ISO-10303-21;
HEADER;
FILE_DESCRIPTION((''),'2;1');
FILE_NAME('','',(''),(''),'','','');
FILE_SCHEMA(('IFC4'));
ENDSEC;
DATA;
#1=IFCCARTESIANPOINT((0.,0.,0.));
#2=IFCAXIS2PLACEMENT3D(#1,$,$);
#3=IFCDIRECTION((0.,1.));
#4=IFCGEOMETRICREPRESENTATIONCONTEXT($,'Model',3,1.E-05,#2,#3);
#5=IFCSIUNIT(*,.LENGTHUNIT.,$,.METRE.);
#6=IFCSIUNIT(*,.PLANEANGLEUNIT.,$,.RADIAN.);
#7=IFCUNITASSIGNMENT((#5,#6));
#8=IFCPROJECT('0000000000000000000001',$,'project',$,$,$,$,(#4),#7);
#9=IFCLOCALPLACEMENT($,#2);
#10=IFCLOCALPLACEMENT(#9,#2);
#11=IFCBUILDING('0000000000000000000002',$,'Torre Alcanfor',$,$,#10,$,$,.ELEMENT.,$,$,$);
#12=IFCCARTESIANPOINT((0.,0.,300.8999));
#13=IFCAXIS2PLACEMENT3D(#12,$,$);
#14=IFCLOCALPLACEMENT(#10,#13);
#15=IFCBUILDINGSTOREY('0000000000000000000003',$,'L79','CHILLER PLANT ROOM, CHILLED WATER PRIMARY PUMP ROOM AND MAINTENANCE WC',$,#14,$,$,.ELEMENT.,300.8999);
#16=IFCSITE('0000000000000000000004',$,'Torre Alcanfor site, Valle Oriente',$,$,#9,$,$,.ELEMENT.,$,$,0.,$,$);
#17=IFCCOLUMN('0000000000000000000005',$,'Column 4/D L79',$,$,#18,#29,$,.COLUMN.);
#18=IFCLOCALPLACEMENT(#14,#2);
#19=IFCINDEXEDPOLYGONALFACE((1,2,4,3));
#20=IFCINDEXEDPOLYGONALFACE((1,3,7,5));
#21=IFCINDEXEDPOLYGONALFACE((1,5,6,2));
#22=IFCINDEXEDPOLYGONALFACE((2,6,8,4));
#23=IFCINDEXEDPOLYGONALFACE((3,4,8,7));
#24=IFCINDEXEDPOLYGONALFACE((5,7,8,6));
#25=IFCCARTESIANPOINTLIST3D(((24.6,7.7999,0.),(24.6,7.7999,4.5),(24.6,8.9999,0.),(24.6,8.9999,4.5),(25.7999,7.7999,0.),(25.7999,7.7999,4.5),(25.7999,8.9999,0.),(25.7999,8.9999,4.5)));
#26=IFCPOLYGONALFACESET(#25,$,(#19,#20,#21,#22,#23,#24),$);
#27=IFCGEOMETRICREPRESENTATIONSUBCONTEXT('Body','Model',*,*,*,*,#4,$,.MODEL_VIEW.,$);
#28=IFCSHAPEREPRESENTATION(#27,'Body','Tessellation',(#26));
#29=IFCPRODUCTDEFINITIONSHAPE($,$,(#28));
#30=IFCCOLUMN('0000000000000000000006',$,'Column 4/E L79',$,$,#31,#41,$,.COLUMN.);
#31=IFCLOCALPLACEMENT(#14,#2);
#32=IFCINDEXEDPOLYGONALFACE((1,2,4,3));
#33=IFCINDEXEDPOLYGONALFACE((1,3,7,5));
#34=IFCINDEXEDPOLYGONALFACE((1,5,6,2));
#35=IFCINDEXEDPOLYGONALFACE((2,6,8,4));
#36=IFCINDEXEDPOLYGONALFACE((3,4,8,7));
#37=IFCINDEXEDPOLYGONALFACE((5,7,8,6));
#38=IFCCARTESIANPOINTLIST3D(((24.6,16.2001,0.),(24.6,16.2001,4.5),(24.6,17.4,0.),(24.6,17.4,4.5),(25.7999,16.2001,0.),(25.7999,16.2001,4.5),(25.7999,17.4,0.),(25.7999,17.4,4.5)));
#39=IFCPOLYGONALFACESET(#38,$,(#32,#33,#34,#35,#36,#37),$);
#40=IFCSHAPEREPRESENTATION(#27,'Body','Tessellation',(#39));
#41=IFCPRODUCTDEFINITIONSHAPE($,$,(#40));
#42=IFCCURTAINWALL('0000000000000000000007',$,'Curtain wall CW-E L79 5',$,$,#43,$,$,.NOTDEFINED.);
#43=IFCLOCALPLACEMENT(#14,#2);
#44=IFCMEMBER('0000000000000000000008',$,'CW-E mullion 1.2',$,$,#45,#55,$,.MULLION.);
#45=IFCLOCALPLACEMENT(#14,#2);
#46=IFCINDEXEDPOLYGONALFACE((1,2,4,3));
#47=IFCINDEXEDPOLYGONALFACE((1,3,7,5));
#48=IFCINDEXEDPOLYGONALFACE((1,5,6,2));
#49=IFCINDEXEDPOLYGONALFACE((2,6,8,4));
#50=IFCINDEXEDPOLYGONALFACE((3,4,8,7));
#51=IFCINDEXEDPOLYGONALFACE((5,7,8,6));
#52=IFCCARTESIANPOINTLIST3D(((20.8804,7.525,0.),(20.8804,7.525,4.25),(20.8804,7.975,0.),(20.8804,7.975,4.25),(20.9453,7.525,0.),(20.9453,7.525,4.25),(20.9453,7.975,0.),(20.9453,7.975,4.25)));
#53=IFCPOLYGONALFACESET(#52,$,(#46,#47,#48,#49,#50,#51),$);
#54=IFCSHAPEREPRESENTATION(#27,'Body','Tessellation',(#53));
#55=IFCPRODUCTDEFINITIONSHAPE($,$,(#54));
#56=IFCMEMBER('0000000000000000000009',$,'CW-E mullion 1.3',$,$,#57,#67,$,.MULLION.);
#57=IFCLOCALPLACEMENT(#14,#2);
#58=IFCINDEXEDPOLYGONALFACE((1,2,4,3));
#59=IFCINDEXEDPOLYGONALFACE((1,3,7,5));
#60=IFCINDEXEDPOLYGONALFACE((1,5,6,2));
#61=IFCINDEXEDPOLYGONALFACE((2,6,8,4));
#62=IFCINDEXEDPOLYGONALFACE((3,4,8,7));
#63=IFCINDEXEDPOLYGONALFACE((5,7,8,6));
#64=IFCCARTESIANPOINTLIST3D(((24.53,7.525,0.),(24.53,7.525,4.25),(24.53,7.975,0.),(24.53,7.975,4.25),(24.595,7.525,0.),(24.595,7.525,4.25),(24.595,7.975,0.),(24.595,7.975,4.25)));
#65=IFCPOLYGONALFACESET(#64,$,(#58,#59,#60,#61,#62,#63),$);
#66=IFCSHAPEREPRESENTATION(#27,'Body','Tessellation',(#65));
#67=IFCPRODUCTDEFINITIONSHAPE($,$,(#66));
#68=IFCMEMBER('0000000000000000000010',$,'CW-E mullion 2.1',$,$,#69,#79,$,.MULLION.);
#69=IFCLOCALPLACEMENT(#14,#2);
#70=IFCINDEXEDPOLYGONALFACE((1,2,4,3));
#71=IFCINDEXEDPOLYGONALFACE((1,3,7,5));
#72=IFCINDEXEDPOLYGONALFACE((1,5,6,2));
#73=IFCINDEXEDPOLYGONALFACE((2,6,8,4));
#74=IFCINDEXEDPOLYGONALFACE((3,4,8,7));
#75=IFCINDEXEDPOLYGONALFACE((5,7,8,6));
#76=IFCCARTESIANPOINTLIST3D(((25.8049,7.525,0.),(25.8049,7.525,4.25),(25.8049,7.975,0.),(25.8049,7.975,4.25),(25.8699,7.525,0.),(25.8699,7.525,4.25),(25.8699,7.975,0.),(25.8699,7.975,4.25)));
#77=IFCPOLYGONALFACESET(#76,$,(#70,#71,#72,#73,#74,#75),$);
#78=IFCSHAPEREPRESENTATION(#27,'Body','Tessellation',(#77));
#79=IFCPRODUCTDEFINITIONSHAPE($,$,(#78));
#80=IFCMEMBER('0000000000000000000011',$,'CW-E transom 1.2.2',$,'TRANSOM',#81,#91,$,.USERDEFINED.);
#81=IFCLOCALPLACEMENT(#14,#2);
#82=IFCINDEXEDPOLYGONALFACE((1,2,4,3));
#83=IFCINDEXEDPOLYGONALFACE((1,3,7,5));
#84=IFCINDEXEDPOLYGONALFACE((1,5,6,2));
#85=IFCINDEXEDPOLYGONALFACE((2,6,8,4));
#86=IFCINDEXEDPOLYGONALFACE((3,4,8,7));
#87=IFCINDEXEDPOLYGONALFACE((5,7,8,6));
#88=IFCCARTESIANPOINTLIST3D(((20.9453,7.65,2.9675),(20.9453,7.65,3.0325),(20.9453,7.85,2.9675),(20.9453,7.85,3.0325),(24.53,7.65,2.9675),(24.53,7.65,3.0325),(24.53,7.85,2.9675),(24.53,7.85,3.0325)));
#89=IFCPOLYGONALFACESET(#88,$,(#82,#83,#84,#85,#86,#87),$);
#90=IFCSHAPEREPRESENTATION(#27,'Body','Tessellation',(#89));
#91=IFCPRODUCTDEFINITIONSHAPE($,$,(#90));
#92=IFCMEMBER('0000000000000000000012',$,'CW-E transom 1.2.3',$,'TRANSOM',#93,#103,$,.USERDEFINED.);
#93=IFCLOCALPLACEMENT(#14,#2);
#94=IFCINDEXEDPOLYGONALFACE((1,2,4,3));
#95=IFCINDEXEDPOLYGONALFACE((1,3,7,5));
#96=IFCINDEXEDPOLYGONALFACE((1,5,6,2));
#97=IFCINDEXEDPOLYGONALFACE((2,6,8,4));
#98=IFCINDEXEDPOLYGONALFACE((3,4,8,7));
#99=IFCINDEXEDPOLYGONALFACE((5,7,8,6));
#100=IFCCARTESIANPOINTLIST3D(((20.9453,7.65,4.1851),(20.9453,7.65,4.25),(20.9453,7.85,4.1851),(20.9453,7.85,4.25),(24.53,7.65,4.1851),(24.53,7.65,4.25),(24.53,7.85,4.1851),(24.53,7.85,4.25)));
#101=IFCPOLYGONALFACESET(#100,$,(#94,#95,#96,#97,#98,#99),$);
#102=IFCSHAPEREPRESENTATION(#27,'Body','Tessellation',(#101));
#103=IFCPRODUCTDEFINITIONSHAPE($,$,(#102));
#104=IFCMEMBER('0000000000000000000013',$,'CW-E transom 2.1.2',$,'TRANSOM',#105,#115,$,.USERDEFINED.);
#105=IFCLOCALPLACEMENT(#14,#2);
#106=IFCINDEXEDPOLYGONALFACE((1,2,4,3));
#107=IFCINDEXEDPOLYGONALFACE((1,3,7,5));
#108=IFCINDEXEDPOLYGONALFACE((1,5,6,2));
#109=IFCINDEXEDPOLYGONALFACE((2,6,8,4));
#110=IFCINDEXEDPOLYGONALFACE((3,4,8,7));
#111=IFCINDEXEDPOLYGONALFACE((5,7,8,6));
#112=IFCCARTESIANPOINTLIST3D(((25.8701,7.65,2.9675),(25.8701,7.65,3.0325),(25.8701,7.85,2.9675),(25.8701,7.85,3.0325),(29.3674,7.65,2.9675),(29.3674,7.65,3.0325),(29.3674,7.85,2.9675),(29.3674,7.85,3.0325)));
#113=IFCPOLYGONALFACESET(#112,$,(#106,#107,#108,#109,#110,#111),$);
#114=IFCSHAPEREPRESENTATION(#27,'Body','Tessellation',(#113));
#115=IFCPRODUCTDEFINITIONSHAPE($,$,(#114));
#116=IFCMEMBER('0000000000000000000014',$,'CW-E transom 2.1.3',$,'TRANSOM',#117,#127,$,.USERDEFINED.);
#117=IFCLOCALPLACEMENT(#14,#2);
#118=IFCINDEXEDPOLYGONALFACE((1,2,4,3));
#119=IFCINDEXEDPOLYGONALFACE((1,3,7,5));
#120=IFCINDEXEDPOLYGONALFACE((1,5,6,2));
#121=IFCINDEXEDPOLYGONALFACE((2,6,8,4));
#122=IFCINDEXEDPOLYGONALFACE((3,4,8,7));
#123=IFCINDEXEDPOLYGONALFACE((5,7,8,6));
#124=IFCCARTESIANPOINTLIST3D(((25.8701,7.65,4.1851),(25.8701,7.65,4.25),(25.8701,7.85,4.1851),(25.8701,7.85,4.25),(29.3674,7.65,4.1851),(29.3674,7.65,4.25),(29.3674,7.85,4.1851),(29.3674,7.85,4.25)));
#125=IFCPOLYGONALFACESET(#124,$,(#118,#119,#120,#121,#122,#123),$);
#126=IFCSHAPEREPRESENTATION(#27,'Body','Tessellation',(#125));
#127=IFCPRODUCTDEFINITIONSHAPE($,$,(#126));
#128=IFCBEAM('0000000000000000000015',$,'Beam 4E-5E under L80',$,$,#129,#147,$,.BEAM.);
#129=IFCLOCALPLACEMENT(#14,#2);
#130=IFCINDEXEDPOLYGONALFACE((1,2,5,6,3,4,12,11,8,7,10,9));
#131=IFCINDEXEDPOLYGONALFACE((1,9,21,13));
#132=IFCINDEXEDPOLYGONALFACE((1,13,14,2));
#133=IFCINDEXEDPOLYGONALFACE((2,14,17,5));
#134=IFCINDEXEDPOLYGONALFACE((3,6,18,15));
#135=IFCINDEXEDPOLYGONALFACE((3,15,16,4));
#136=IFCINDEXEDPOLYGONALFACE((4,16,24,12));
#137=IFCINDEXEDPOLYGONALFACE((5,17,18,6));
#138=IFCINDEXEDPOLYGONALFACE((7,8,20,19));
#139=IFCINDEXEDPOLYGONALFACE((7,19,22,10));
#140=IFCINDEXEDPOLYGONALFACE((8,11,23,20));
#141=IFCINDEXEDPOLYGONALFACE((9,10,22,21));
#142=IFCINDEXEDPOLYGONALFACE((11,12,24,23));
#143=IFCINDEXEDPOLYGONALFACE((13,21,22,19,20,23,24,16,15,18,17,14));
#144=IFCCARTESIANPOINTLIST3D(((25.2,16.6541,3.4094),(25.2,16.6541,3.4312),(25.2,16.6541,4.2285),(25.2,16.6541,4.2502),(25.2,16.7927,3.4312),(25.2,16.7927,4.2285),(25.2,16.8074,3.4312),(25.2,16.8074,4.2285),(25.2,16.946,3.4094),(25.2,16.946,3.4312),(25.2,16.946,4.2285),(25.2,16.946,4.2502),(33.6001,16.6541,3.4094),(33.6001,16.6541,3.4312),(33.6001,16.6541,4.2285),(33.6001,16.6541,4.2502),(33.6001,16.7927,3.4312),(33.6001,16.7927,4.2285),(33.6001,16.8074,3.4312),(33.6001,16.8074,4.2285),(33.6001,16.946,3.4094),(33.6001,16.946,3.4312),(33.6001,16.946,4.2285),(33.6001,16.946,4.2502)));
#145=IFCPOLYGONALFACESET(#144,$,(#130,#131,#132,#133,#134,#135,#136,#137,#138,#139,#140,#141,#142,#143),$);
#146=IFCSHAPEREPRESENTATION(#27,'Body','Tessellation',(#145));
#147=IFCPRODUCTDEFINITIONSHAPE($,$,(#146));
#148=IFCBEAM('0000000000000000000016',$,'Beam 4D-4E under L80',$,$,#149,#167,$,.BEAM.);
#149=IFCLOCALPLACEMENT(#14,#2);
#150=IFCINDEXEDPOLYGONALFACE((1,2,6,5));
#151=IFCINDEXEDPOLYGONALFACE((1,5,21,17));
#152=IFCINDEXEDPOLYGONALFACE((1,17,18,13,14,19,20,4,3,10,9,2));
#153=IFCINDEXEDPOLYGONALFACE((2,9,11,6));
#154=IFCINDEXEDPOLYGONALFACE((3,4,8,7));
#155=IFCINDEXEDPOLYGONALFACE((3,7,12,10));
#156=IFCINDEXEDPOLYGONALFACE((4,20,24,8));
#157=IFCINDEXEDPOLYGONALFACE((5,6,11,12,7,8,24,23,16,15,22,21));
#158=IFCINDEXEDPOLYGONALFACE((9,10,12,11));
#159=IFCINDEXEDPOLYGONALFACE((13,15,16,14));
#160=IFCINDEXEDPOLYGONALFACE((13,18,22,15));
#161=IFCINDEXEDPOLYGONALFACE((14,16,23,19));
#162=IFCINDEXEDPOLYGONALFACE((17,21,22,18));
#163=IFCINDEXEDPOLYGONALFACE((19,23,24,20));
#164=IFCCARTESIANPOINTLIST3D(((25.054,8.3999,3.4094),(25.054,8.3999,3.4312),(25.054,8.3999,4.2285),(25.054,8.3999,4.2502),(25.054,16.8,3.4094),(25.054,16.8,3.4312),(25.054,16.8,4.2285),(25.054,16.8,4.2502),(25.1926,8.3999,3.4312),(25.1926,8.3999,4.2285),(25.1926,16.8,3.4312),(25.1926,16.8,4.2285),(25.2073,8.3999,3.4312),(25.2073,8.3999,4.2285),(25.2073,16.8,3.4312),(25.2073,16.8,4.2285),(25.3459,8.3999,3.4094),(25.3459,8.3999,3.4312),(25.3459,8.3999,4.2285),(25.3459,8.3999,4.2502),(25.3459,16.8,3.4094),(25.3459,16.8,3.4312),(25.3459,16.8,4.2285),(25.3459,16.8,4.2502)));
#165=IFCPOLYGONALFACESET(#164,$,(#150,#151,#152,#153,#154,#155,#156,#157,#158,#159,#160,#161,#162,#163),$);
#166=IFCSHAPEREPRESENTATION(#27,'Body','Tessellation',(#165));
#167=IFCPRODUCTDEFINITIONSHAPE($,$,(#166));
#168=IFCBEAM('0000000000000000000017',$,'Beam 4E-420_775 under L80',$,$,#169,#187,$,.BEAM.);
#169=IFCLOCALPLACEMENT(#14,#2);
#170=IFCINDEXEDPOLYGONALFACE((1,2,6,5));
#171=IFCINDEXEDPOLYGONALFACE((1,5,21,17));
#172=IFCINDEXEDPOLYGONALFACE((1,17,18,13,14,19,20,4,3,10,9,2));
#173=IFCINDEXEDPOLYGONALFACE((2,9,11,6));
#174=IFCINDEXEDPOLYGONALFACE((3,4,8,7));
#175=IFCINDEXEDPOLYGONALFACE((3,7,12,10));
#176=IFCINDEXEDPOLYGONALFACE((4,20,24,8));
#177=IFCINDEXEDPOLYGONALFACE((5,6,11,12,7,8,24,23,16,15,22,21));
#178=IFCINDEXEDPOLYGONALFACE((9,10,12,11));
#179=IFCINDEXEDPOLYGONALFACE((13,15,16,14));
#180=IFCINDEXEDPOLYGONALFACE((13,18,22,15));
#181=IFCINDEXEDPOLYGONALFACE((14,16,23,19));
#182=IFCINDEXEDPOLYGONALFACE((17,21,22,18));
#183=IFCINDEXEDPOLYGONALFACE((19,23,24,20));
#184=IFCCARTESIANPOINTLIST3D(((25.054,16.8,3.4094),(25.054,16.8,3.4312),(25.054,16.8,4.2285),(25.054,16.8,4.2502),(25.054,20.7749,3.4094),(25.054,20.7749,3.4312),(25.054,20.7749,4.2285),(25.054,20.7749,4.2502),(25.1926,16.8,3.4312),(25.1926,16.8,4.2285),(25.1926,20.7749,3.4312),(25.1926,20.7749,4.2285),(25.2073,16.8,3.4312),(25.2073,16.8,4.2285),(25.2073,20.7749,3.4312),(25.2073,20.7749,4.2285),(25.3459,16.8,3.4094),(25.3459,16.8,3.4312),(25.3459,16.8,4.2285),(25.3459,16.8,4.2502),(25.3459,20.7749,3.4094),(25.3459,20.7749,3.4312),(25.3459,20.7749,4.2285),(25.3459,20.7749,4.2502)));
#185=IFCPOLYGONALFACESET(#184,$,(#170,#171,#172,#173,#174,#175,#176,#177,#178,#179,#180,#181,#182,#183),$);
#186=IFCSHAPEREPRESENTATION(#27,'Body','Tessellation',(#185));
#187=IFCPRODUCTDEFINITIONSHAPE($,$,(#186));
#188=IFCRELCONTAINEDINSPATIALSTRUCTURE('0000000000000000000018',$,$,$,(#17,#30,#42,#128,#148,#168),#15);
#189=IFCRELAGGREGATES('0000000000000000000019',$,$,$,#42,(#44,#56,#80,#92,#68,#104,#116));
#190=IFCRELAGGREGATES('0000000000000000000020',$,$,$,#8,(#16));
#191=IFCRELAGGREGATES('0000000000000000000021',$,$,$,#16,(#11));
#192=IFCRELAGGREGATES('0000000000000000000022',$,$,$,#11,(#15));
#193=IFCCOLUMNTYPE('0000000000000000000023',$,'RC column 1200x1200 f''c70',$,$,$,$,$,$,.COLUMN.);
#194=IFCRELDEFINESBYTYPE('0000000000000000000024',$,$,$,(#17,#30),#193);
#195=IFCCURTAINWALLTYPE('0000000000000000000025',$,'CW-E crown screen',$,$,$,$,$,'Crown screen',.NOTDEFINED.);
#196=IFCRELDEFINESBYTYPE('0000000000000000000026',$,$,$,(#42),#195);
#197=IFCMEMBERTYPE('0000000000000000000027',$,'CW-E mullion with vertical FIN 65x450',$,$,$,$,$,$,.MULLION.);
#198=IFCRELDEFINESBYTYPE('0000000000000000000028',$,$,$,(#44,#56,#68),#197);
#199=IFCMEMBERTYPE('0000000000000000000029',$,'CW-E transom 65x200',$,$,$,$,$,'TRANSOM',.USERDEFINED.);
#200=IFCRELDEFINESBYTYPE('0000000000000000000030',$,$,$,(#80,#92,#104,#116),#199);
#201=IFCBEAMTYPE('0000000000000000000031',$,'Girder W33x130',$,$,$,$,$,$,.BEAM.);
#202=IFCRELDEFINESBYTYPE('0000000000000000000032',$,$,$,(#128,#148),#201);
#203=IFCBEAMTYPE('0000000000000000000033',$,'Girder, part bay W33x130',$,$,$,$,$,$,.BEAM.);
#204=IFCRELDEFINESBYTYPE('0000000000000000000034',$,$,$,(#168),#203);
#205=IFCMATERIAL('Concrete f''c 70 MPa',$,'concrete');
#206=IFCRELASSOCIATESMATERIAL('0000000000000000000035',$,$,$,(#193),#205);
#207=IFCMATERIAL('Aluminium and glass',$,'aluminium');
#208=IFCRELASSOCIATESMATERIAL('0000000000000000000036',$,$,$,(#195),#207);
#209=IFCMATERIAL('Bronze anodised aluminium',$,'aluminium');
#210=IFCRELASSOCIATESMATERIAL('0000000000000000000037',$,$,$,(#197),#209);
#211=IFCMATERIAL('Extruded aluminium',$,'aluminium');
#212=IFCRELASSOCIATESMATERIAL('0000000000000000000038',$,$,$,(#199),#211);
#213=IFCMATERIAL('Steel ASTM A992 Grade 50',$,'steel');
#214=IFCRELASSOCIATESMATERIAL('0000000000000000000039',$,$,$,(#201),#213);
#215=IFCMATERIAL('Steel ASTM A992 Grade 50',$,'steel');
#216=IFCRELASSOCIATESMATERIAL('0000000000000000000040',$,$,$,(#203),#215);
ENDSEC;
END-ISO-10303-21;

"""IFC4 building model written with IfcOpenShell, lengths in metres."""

from ifc_helpers import new_model, si_unit, direction, frame, origin, origin_2d, place, context, subcontext, project, spatial, rectangle, i_section, extrude, material, material_profile, profile_set, type_object, element, aggregate, save


model = new_model("IFC4")

# Units and contexts
model_context = context("Model", 3, precision=1e-05, world=origin(), true_north=direction((0.0, 1.0)))
body_context = subcontext(model_context, "Body", "Model", "MODEL_VIEW")
ifc_project = project(units=[si_unit("LENGTHUNIT", "METRE"), si_unit("PLANEANGLEUNIT", "RADIAN")], contexts=[model_context])

# Site, building, storey
site_placement = place(None, origin())
site = spatial("IfcSite", under=ifc_project, at=site_placement, Name="Torre Alcanfor site, Valle Oriente", CompositionType="ELEMENT", RefElevation=0.0)
building_placement = place(site_placement, origin())
building = spatial("IfcBuilding", under=site, at=building_placement, Name="Torre Alcanfor", CompositionType="ELEMENT")
storey_placement = place(building_placement, frame((0.0, 0.0, 300.8999)))
storey = spatial("IfcBuildingStorey", under=building, at=storey_placement, Name="L79", Description="CHILLER PLANT ROOM, CHILLED WATER PRIMARY PUMP ROOM AND MAINTENANCE WC", CompositionType="ELEMENT", Elevation=300.8999)

# Columns
ifc_material_1 = material(Name="Concrete f'c 70 MPa", Category="concrete")
ifc_material_profile_1 = material_profile(ifc_material_1, rectangle(XDim=1.2, YDim=1.2, at=origin_2d()), Name="1200x1200")
ifc_profile_set_1 = profile_set([ifc_material_profile_1], Name="Concrete f'c 70 MPa")
column_type = type_object("IfcColumnType", Name="RC column 1200x1200 f'c70", PredefinedType="COLUMN", material=ifc_profile_set_1)
for number, where, z_axis, x_axis, name in (
    (1, (25.2, 8.3999, 0.0), (0.0, 0.0, 1.0), (1.0, 0.0, 0.0), "Column 4/D L79"),
    (2, (25.2, 16.8, 0.0), (0.0, 0.0, 1.0), (1.0, 0.0, 0.0), "Column 4/E L79"),
):
    element("IfcColumn", number, at=place(storey_placement, frame(where, z_axis=z_axis, x_axis=x_axis)), inside=storey, type_object=column_type, Name=name, PredefinedType="COLUMN", context=body_context, shape_type="SweptSolid", body=[
        extrude(rectangle(XDim=1.2, YDim=1.2, at=origin_2d()), origin(), (0.0, 0.0, 1.0), 4.5),
    ])

# Curtain wall, members
ifc_material_2 = material(Name="Aluminium and glass", Category="aluminium")
curtain_wall_type = type_object("IfcCurtainWallType", Name="CW-E crown screen", ElementType="Crown screen", PredefinedType="NOTDEFINED", material=ifc_material_2)
curtain_wall_placement = place(storey_placement, origin())
curtain_wall = element("IfcCurtainWall", 3, at=curtain_wall_placement, inside=storey, type_object=curtain_wall_type, Name="Curtain wall CW-E L79 5", PredefinedType="NOTDEFINED")
ifc_material_3 = material(Name="Bronze anodised aluminium", Category="aluminium")
ifc_material_profile_2 = material_profile(ifc_material_3, rectangle(XDim=0.45, YDim=0.0649, at=origin_2d()), Name="CW-E mullion 65x450")
ifc_profile_set_2 = profile_set([ifc_material_profile_2], Name="Bronze anodised aluminium")
member_type_1 = type_object("IfcMemberType", Name="CW-E mullion with vertical FIN 65x450", PredefinedType="MULLION", material=ifc_profile_set_2)
member_1_placement = place(storey_placement, frame((20.9128, 7.75, 0.0), z_axis=(0.0, 0.0, 1.0), x_axis=(0.0, 1.0, 0.0)))
member_1 = element("IfcMember", 4, at=member_1_placement, type_object=member_type_1, Name="CW-E mullion 1.2", PredefinedType="MULLION", context=body_context, shape_type="SweptSolid", body=[
    extrude(rectangle(XDim=0.45, YDim=0.0649, at=origin_2d()), origin(), (0.0, 0.0, 1.0), 4.25),
])
member_2_placement = place(storey_placement, frame((24.5625, 7.75, 0.0), z_axis=(0.0, 0.0, 1.0), x_axis=(0.0, 1.0, 0.0)))
member_2 = element("IfcMember", 5, at=member_2_placement, type_object=member_type_1, Name="CW-E mullion 1.3", PredefinedType="MULLION", context=body_context, shape_type="SweptSolid", body=[
    extrude(rectangle(XDim=0.45, YDim=0.0649, at=origin_2d()), origin(), (0.0, 0.0, 1.0), 4.25),
])
member_3_placement = place(storey_placement, frame((25.8374, 7.75, 0.0), z_axis=(0.0, 0.0, 1.0), x_axis=(0.0, 1.0, 0.0)))
member_3 = element("IfcMember", 6, at=member_3_placement, type_object=member_type_1, Name="CW-E mullion 2.1", PredefinedType="MULLION", context=body_context, shape_type="SweptSolid", body=[
    extrude(rectangle(XDim=0.45, YDim=0.0649, at=origin_2d()), origin(), (0.0, 0.0, 1.0), 4.25),
])
ifc_material_4 = material(Name="Extruded aluminium", Category="aluminium")
ifc_material_profile_3 = material_profile(ifc_material_4, rectangle(XDim=0.2, YDim=0.0649, at=origin_2d()), Name="CW-E transom 200x65")
ifc_profile_set_3 = profile_set([ifc_material_profile_3], Name="Extruded aluminium")
member_type_2 = type_object("IfcMemberType", Name="CW-E transom 65x200", ElementType="TRANSOM", PredefinedType="USERDEFINED", material=ifc_profile_set_3)
member_4_placement = place(storey_placement, frame((20.9453, 7.75, 3.0), z_axis=(1.0, 0.0, 0.0), x_axis=(0.0, 1.0, 0.0)))
member_4 = element("IfcMember", 7, at=member_4_placement, type_object=member_type_2, Name="CW-E transom 1.2.2", ObjectType="TRANSOM", PredefinedType="USERDEFINED", context=body_context, shape_type="SweptSolid", body=[
    extrude(rectangle(XDim=0.2, YDim=0.0649, at=origin_2d()), origin(), (0.0, 0.0, 1.0), 3.5847),
])
member_5_placement = place(storey_placement, frame((20.9453, 7.75, 4.2175), z_axis=(1.0, 0.0, 0.0), x_axis=(0.0, 1.0, 0.0)))
member_5 = element("IfcMember", 8, at=member_5_placement, type_object=member_type_2, Name="CW-E transom 1.2.3", ObjectType="TRANSOM", PredefinedType="USERDEFINED", context=body_context, shape_type="SweptSolid", body=[
    extrude(rectangle(XDim=0.2, YDim=0.0649, at=origin_2d()), origin(), (0.0, 0.0, 1.0), 3.5847),
])
member_6_placement = place(storey_placement, frame((25.8701, 7.75, 3.0), z_axis=(1.0, 0.0, 0.0), x_axis=(0.0, 1.0, 0.0)))
member_6 = element("IfcMember", 9, at=member_6_placement, type_object=member_type_2, Name="CW-E transom 2.1.2", ObjectType="TRANSOM", PredefinedType="USERDEFINED", context=body_context, shape_type="SweptSolid", body=[
    extrude(rectangle(XDim=0.2, YDim=0.0649, at=origin_2d()), origin(), (0.0, 0.0, 1.0), 3.4973),
])
member_7_placement = place(storey_placement, frame((25.8701, 7.75, 4.2175), z_axis=(1.0, 0.0, 0.0), x_axis=(0.0, 1.0, 0.0)))
member_7 = element("IfcMember", 10, at=member_7_placement, type_object=member_type_2, Name="CW-E transom 2.1.3", ObjectType="TRANSOM", PredefinedType="USERDEFINED", context=body_context, shape_type="SweptSolid", body=[
    extrude(rectangle(XDim=0.2, YDim=0.0649, at=origin_2d()), origin(), (0.0, 0.0, 1.0), 3.4973),
])

# Beams
ifc_material_5 = material(Name="Steel ASTM A992 Grade 50", Category="steel")
ifc_material_profile_4 = material_profile(ifc_material_5, i_section(OverallWidth=0.292, OverallDepth=0.8408, WebThickness=0.0146, FlangeThickness=0.0217, at=origin_2d()), Name="W33x130")
ifc_profile_set_4 = profile_set([ifc_material_profile_4], Name="Steel ASTM A992 Grade 50")
beam_type_1 = type_object("IfcBeamType", Name="Girder W33x130", PredefinedType="BEAM", material=ifc_profile_set_4)
for number, where, z_axis, x_axis, name in (
    (11, (25.2, 16.8, 3.8298), (1.0, 0.0, 0.0), (0.0, 1.0, 0.0), "Beam 4E-5E under L80"),
    (12, (25.2, 8.3999, 3.8298), (0.0, 1.0, 0.0), (-1.0, 0.0, 0.0), "Beam 4D-4E under L80"),
):
    element("IfcBeam", number, at=place(storey_placement, frame(where, z_axis=z_axis, x_axis=x_axis)), inside=storey, type_object=beam_type_1, Name=name, PredefinedType="BEAM", context=body_context, shape_type="SweptSolid", body=[
        extrude(i_section(OverallWidth=0.292, OverallDepth=0.8408, WebThickness=0.0146, FlangeThickness=0.0217, at=origin_2d()), origin(), (0.0, 0.0, 1.0), 8.4001),
    ])
ifc_material_6 = material(Name="Steel ASTM A992 Grade 50", Category="steel")
ifc_material_profile_5 = material_profile(ifc_material_6, i_section(OverallWidth=0.292, OverallDepth=0.8408, WebThickness=0.0146, FlangeThickness=0.0217, at=origin_2d()), Name="W33x130")
ifc_profile_set_5 = profile_set([ifc_material_profile_5], Name="Steel ASTM A992 Grade 50")
beam_type_2 = type_object("IfcBeamType", Name="Girder, part bay W33x130", PredefinedType="BEAM", material=ifc_profile_set_5)
beam_1_placement = place(storey_placement, frame((25.2, 16.8, 3.8298), z_axis=(0.0, 1.0, 0.0), x_axis=(-1.0, 0.0, 0.0)))
element("IfcBeam", 13, at=beam_1_placement, inside=storey, type_object=beam_type_2, Name="Beam 4E-420_775 under L80", PredefinedType="BEAM", context=body_context, shape_type="SweptSolid", body=[
    extrude(i_section(OverallWidth=0.292, OverallDepth=0.8408, WebThickness=0.0146, FlangeThickness=0.0217, at=origin_2d()), origin(), (0.0, 0.0, 1.0), 3.9749),
])

aggregate(curtain_wall, [member_1, member_2, member_4, member_5, member_3, member_6, member_7])

save(model, "model.ifc")
